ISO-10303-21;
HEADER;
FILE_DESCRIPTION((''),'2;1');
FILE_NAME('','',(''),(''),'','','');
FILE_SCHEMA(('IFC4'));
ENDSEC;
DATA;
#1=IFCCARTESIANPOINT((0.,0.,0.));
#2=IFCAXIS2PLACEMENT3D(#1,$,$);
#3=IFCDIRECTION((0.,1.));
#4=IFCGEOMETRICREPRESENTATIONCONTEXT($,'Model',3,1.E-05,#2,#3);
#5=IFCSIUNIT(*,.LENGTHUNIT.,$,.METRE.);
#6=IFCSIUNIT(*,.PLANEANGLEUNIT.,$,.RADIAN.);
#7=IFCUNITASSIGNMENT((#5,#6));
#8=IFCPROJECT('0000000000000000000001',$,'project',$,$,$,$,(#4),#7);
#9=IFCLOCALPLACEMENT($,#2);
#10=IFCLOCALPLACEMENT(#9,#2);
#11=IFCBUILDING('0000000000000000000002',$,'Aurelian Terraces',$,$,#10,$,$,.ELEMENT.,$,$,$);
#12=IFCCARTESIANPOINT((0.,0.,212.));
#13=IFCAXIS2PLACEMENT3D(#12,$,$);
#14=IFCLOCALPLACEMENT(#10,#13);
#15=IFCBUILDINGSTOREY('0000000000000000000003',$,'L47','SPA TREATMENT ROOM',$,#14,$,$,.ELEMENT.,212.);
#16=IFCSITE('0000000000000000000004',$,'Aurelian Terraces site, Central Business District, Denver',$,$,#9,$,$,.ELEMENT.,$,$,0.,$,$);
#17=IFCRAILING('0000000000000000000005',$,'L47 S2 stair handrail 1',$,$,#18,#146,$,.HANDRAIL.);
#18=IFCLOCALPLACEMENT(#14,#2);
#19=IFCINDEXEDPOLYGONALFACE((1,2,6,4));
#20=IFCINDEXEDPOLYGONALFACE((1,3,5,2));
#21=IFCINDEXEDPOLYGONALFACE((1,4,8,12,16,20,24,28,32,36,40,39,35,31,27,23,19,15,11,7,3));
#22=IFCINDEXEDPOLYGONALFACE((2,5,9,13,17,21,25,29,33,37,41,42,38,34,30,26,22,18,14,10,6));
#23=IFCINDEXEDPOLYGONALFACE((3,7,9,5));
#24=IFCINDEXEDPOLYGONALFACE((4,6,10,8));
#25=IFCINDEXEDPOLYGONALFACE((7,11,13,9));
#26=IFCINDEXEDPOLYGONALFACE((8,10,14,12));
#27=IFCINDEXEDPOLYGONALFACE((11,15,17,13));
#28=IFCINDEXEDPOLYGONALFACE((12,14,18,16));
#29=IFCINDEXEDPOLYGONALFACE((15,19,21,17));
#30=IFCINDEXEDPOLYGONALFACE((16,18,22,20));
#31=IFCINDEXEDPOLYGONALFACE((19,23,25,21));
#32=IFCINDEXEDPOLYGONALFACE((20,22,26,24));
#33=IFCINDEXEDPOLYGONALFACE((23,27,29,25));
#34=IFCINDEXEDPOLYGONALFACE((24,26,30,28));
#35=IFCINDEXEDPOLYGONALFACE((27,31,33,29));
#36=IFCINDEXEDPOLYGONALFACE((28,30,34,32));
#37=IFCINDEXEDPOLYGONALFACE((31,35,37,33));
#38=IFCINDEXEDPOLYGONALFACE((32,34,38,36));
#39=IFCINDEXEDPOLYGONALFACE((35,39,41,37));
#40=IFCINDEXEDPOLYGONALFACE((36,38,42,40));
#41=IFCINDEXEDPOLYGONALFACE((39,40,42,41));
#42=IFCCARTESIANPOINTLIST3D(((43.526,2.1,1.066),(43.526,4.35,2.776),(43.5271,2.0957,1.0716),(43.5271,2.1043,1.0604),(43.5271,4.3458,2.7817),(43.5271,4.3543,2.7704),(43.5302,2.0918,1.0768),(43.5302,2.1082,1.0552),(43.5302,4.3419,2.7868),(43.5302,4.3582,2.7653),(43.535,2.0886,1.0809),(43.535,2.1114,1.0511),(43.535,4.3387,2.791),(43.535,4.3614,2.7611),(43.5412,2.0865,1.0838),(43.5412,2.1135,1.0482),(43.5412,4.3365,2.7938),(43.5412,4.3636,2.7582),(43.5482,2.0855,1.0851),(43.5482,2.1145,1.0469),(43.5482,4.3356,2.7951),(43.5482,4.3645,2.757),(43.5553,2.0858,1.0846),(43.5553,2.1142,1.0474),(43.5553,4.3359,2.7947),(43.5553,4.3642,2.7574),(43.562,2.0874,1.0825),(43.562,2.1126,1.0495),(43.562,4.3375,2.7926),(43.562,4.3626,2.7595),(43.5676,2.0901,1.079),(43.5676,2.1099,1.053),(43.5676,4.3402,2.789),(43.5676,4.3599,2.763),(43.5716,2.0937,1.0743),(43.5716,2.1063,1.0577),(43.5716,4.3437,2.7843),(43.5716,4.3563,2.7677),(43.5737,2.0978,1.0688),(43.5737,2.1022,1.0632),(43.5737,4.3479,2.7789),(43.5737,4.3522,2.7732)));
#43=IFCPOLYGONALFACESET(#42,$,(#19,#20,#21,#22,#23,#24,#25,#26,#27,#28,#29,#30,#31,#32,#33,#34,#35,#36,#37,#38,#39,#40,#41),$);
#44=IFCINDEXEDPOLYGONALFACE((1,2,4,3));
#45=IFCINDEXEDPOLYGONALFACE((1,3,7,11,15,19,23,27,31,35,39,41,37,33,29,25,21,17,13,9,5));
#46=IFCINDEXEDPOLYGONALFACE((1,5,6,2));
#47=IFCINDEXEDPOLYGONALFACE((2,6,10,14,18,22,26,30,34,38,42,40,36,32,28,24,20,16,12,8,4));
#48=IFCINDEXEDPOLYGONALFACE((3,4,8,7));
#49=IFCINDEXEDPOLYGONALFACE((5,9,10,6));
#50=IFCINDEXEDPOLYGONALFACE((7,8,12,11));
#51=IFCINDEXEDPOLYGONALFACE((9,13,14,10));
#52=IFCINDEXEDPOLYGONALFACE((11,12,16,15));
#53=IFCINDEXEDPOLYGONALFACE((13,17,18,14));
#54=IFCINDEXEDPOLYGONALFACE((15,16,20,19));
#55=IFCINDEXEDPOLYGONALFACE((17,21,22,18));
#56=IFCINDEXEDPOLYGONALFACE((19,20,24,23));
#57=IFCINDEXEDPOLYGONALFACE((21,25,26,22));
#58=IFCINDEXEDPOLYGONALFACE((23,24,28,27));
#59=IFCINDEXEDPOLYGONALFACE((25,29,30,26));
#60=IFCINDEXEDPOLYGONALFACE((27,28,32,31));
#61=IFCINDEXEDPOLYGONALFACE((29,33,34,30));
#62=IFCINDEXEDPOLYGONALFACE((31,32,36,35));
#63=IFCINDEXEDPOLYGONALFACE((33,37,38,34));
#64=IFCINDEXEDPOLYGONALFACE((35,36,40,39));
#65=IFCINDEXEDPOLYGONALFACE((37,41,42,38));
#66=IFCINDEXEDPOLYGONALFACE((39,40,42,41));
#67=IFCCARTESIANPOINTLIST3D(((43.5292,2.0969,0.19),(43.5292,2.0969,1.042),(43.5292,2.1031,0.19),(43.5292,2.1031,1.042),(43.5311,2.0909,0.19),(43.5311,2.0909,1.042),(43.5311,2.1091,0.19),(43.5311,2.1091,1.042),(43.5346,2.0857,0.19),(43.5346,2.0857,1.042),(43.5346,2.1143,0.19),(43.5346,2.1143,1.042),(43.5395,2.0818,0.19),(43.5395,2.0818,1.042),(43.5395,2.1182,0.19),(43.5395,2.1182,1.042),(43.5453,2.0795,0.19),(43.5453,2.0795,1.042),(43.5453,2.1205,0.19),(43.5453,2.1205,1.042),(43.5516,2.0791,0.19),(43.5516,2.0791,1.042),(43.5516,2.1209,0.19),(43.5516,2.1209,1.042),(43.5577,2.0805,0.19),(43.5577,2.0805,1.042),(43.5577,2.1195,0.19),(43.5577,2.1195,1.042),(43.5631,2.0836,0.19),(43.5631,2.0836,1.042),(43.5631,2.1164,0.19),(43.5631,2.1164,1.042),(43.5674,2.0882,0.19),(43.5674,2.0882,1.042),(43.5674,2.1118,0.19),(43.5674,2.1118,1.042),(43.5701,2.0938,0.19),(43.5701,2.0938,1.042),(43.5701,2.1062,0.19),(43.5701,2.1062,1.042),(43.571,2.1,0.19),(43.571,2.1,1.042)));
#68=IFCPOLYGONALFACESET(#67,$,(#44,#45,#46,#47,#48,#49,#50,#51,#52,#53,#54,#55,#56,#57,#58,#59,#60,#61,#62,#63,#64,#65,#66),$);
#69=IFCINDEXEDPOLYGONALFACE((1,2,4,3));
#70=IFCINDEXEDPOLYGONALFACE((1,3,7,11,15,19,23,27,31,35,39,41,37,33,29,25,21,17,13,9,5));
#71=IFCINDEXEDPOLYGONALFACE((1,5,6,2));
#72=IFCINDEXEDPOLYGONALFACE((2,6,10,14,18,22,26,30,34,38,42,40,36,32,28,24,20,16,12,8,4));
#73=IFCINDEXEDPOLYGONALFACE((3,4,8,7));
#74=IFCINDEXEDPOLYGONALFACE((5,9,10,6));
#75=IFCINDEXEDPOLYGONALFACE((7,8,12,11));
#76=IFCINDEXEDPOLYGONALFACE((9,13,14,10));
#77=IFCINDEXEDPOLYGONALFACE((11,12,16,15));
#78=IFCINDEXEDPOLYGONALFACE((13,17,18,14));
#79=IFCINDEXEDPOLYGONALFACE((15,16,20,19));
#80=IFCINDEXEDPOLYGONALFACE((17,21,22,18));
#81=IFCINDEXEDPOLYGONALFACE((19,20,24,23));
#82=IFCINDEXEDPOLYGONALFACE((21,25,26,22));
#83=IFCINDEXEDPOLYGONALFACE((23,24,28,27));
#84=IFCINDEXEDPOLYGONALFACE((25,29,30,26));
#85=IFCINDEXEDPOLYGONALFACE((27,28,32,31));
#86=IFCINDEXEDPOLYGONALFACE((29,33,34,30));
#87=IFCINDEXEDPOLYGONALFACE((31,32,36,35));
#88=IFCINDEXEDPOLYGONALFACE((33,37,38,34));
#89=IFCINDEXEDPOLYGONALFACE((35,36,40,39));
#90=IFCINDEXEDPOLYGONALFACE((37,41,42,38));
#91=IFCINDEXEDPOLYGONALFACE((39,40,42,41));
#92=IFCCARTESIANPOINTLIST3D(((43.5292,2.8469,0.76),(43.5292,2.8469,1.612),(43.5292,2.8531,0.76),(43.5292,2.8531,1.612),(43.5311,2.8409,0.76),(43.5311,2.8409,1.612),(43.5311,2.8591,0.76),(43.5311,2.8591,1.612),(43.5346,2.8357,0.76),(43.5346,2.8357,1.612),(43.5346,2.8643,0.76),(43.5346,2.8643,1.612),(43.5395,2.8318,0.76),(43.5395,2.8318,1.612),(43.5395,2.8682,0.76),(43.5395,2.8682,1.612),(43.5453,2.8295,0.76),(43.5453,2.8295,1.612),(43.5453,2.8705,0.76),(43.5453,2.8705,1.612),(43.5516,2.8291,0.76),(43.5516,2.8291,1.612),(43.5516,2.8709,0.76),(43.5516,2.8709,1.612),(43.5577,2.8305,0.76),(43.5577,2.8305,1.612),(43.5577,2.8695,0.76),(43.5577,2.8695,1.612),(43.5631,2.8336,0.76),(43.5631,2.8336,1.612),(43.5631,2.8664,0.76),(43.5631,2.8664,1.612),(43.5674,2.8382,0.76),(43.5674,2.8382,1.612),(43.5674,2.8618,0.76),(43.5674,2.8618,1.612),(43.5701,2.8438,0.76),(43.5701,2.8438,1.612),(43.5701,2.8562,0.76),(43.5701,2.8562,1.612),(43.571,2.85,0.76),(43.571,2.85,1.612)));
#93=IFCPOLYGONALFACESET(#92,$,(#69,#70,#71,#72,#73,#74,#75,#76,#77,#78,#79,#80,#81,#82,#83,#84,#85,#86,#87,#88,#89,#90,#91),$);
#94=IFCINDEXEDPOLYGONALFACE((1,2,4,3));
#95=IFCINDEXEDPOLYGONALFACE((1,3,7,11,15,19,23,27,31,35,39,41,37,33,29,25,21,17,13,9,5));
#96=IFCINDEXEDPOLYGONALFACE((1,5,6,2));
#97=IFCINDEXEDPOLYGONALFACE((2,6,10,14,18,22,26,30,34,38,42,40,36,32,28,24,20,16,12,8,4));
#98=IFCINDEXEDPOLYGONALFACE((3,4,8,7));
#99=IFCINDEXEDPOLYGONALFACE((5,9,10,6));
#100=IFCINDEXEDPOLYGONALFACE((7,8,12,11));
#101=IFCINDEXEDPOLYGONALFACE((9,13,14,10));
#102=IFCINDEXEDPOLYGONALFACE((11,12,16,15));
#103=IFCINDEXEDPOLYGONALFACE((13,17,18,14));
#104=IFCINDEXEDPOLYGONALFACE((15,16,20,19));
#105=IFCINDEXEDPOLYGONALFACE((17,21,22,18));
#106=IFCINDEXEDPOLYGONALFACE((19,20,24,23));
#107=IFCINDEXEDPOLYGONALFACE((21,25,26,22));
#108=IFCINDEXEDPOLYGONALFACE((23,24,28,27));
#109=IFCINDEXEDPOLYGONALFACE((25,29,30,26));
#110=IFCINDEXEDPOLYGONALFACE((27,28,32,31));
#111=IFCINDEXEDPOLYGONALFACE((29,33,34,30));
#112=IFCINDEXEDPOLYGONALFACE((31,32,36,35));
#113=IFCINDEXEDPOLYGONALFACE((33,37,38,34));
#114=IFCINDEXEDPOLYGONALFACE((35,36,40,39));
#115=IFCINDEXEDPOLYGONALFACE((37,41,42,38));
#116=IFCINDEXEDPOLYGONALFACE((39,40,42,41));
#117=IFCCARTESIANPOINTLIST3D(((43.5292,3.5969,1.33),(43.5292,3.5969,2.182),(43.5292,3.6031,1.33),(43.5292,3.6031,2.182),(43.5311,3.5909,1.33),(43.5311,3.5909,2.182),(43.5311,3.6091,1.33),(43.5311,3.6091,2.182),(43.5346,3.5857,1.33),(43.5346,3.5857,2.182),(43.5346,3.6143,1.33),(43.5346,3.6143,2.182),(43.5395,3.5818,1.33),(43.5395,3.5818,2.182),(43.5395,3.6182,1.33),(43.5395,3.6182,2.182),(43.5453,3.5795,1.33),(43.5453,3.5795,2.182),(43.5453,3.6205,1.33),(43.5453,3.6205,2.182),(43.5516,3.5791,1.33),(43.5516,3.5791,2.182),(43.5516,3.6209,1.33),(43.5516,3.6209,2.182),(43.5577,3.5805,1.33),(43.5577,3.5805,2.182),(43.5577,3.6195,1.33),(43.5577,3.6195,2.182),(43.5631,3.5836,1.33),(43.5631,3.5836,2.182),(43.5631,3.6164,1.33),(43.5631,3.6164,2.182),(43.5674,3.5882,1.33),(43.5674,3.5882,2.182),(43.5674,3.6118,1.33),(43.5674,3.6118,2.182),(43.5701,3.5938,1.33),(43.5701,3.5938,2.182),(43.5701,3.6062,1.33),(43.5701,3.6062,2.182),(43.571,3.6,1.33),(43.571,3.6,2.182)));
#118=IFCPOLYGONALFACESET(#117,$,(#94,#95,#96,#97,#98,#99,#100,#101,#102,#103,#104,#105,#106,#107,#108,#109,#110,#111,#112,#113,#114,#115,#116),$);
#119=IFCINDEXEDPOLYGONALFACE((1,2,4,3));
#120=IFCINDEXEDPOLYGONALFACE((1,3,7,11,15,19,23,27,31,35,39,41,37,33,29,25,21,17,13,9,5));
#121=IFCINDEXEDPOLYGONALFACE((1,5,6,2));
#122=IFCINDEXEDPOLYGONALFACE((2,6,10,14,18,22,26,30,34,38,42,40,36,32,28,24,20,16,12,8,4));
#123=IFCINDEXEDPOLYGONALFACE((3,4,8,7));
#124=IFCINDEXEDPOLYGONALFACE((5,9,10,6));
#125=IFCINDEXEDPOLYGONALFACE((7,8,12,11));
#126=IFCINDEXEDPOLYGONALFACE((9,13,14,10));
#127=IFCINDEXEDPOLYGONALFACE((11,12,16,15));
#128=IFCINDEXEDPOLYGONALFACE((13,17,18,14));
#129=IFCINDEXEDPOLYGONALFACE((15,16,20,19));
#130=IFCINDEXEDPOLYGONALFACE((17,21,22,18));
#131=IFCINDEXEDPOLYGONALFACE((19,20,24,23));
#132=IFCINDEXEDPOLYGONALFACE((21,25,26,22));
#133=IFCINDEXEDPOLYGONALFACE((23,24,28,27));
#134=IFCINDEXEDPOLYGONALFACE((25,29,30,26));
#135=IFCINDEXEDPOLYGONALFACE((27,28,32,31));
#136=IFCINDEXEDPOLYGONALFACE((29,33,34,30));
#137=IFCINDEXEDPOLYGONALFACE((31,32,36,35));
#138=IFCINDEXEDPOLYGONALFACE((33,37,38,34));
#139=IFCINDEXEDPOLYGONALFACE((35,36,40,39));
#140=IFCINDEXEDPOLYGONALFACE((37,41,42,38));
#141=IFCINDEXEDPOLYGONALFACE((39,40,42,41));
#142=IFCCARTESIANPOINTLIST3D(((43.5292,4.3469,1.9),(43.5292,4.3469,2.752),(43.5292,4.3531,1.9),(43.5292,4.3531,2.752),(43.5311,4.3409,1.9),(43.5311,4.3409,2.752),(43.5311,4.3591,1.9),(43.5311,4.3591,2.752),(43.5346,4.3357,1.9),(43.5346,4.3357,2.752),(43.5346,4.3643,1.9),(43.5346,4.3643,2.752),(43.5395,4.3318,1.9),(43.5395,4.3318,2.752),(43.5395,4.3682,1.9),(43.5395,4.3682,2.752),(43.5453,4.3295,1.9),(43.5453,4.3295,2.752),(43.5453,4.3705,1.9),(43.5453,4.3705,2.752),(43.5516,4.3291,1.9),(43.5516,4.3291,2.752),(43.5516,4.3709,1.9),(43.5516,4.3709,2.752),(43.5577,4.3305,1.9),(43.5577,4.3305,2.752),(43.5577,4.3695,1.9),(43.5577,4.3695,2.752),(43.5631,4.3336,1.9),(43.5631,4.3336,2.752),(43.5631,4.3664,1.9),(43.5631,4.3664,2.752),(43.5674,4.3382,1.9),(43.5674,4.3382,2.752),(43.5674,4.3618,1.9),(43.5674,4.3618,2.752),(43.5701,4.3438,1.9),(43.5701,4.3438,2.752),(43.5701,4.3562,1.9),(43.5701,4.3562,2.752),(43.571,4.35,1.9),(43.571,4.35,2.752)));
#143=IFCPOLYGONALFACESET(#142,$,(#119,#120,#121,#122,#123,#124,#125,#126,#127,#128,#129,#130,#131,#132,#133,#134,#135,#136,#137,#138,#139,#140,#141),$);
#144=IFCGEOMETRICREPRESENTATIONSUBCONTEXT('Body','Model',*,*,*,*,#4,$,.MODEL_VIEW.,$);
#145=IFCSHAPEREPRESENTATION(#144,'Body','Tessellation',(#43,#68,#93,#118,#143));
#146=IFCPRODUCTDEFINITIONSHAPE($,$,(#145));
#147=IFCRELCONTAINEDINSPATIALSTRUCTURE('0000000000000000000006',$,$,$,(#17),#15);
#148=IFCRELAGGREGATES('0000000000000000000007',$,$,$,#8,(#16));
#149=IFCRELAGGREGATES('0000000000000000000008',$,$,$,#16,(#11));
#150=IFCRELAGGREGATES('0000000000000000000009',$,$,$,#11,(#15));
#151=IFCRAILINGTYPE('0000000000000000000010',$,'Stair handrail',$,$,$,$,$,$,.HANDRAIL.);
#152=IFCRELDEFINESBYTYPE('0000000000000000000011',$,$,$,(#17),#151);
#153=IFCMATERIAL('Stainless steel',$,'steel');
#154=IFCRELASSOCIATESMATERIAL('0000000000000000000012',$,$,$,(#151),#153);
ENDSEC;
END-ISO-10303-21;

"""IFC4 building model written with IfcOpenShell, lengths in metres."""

from ifc_helpers import new_model, si_unit, direction, frame, origin, origin_2d, place, context, subcontext, project, spatial, circle, extrude, source, transform, mapped, material, type_object, element, save


model = new_model("IFC4")

# Units and contexts
model_context = context("Model", 3, precision=1e-05, world=origin(), true_north=direction((0.0, 1.0)))
body_context = subcontext(model_context, "Body", "Model", "MODEL_VIEW")
ifc_project = project(units=[si_unit("LENGTHUNIT", "METRE"), si_unit("PLANEANGLEUNIT", "RADIAN")], contexts=[model_context])

# Site, building, storey
site_placement = place(None, origin())
site = spatial("IfcSite", under=ifc_project, at=site_placement, Name="Aurelian Terraces site, Central Business District, Denver", CompositionType="ELEMENT", RefElevation=0.0)
building_placement = place(site_placement, origin())
building = spatial("IfcBuilding", under=site, at=building_placement, Name="Aurelian Terraces", CompositionType="ELEMENT")
storey_placement = place(building_placement, frame((0.0, 0.0, 212.0)))
storey = spatial("IfcBuildingStorey", under=building, at=storey_placement, Name="L47", Description="SPA TREATMENT ROOM", CompositionType="ELEMENT", Elevation=212.0)

# Railing
ifc_material_1 = material(Name="Stainless steel", Category="steel")
railing_type = type_object("IfcRailingType", Name="Stair handrail", PredefinedType="HANDRAIL", material=ifc_material_1)
shared_shape_1 = source(origin(), body_context, "Body", "SweptSolid", [
    extrude(circle(Radius=0.024, at=origin_2d()), frame((0.0, 0.0, 0.876), z_axis=(0.0, 0.796162, 0.605083), x_axis=(-1.0, 0.0, 0.0)), (0.0, 0.0, 1.0), 2.8261),
    extrude(circle(Radius=0.021, at=origin_2d()), origin(), (0.0, 0.0, 1.0), 0.852),
    extrude(circle(Radius=0.021, at=origin_2d()), frame((0.0, 0.75, 0.57)), (0.0, 0.0, 1.0), 0.852),
    extrude(circle(Radius=0.021, at=origin_2d()), frame((0.0, 1.5, 1.14)), (0.0, 0.0, 1.0), 0.852),
    extrude(circle(Radius=0.021, at=origin_2d()), frame((0.0, 2.25, 1.71)), (0.0, 0.0, 1.0), 0.852),
])
railing_placement = place(storey_placement, frame((43.55, 2.1, 0.19)))
element("IfcRailing", 1, at=railing_placement, inside=storey, type_object=railing_type, Name="L47 S2 stair handrail 1", PredefinedType="HANDRAIL", context=body_context, shape_type="MappedRepresentation", body=[
    mapped(shared_shape_1, transform((0.0, 0.0, 0.0), scale=1.0)),
])

save(model, "model.ifc")
